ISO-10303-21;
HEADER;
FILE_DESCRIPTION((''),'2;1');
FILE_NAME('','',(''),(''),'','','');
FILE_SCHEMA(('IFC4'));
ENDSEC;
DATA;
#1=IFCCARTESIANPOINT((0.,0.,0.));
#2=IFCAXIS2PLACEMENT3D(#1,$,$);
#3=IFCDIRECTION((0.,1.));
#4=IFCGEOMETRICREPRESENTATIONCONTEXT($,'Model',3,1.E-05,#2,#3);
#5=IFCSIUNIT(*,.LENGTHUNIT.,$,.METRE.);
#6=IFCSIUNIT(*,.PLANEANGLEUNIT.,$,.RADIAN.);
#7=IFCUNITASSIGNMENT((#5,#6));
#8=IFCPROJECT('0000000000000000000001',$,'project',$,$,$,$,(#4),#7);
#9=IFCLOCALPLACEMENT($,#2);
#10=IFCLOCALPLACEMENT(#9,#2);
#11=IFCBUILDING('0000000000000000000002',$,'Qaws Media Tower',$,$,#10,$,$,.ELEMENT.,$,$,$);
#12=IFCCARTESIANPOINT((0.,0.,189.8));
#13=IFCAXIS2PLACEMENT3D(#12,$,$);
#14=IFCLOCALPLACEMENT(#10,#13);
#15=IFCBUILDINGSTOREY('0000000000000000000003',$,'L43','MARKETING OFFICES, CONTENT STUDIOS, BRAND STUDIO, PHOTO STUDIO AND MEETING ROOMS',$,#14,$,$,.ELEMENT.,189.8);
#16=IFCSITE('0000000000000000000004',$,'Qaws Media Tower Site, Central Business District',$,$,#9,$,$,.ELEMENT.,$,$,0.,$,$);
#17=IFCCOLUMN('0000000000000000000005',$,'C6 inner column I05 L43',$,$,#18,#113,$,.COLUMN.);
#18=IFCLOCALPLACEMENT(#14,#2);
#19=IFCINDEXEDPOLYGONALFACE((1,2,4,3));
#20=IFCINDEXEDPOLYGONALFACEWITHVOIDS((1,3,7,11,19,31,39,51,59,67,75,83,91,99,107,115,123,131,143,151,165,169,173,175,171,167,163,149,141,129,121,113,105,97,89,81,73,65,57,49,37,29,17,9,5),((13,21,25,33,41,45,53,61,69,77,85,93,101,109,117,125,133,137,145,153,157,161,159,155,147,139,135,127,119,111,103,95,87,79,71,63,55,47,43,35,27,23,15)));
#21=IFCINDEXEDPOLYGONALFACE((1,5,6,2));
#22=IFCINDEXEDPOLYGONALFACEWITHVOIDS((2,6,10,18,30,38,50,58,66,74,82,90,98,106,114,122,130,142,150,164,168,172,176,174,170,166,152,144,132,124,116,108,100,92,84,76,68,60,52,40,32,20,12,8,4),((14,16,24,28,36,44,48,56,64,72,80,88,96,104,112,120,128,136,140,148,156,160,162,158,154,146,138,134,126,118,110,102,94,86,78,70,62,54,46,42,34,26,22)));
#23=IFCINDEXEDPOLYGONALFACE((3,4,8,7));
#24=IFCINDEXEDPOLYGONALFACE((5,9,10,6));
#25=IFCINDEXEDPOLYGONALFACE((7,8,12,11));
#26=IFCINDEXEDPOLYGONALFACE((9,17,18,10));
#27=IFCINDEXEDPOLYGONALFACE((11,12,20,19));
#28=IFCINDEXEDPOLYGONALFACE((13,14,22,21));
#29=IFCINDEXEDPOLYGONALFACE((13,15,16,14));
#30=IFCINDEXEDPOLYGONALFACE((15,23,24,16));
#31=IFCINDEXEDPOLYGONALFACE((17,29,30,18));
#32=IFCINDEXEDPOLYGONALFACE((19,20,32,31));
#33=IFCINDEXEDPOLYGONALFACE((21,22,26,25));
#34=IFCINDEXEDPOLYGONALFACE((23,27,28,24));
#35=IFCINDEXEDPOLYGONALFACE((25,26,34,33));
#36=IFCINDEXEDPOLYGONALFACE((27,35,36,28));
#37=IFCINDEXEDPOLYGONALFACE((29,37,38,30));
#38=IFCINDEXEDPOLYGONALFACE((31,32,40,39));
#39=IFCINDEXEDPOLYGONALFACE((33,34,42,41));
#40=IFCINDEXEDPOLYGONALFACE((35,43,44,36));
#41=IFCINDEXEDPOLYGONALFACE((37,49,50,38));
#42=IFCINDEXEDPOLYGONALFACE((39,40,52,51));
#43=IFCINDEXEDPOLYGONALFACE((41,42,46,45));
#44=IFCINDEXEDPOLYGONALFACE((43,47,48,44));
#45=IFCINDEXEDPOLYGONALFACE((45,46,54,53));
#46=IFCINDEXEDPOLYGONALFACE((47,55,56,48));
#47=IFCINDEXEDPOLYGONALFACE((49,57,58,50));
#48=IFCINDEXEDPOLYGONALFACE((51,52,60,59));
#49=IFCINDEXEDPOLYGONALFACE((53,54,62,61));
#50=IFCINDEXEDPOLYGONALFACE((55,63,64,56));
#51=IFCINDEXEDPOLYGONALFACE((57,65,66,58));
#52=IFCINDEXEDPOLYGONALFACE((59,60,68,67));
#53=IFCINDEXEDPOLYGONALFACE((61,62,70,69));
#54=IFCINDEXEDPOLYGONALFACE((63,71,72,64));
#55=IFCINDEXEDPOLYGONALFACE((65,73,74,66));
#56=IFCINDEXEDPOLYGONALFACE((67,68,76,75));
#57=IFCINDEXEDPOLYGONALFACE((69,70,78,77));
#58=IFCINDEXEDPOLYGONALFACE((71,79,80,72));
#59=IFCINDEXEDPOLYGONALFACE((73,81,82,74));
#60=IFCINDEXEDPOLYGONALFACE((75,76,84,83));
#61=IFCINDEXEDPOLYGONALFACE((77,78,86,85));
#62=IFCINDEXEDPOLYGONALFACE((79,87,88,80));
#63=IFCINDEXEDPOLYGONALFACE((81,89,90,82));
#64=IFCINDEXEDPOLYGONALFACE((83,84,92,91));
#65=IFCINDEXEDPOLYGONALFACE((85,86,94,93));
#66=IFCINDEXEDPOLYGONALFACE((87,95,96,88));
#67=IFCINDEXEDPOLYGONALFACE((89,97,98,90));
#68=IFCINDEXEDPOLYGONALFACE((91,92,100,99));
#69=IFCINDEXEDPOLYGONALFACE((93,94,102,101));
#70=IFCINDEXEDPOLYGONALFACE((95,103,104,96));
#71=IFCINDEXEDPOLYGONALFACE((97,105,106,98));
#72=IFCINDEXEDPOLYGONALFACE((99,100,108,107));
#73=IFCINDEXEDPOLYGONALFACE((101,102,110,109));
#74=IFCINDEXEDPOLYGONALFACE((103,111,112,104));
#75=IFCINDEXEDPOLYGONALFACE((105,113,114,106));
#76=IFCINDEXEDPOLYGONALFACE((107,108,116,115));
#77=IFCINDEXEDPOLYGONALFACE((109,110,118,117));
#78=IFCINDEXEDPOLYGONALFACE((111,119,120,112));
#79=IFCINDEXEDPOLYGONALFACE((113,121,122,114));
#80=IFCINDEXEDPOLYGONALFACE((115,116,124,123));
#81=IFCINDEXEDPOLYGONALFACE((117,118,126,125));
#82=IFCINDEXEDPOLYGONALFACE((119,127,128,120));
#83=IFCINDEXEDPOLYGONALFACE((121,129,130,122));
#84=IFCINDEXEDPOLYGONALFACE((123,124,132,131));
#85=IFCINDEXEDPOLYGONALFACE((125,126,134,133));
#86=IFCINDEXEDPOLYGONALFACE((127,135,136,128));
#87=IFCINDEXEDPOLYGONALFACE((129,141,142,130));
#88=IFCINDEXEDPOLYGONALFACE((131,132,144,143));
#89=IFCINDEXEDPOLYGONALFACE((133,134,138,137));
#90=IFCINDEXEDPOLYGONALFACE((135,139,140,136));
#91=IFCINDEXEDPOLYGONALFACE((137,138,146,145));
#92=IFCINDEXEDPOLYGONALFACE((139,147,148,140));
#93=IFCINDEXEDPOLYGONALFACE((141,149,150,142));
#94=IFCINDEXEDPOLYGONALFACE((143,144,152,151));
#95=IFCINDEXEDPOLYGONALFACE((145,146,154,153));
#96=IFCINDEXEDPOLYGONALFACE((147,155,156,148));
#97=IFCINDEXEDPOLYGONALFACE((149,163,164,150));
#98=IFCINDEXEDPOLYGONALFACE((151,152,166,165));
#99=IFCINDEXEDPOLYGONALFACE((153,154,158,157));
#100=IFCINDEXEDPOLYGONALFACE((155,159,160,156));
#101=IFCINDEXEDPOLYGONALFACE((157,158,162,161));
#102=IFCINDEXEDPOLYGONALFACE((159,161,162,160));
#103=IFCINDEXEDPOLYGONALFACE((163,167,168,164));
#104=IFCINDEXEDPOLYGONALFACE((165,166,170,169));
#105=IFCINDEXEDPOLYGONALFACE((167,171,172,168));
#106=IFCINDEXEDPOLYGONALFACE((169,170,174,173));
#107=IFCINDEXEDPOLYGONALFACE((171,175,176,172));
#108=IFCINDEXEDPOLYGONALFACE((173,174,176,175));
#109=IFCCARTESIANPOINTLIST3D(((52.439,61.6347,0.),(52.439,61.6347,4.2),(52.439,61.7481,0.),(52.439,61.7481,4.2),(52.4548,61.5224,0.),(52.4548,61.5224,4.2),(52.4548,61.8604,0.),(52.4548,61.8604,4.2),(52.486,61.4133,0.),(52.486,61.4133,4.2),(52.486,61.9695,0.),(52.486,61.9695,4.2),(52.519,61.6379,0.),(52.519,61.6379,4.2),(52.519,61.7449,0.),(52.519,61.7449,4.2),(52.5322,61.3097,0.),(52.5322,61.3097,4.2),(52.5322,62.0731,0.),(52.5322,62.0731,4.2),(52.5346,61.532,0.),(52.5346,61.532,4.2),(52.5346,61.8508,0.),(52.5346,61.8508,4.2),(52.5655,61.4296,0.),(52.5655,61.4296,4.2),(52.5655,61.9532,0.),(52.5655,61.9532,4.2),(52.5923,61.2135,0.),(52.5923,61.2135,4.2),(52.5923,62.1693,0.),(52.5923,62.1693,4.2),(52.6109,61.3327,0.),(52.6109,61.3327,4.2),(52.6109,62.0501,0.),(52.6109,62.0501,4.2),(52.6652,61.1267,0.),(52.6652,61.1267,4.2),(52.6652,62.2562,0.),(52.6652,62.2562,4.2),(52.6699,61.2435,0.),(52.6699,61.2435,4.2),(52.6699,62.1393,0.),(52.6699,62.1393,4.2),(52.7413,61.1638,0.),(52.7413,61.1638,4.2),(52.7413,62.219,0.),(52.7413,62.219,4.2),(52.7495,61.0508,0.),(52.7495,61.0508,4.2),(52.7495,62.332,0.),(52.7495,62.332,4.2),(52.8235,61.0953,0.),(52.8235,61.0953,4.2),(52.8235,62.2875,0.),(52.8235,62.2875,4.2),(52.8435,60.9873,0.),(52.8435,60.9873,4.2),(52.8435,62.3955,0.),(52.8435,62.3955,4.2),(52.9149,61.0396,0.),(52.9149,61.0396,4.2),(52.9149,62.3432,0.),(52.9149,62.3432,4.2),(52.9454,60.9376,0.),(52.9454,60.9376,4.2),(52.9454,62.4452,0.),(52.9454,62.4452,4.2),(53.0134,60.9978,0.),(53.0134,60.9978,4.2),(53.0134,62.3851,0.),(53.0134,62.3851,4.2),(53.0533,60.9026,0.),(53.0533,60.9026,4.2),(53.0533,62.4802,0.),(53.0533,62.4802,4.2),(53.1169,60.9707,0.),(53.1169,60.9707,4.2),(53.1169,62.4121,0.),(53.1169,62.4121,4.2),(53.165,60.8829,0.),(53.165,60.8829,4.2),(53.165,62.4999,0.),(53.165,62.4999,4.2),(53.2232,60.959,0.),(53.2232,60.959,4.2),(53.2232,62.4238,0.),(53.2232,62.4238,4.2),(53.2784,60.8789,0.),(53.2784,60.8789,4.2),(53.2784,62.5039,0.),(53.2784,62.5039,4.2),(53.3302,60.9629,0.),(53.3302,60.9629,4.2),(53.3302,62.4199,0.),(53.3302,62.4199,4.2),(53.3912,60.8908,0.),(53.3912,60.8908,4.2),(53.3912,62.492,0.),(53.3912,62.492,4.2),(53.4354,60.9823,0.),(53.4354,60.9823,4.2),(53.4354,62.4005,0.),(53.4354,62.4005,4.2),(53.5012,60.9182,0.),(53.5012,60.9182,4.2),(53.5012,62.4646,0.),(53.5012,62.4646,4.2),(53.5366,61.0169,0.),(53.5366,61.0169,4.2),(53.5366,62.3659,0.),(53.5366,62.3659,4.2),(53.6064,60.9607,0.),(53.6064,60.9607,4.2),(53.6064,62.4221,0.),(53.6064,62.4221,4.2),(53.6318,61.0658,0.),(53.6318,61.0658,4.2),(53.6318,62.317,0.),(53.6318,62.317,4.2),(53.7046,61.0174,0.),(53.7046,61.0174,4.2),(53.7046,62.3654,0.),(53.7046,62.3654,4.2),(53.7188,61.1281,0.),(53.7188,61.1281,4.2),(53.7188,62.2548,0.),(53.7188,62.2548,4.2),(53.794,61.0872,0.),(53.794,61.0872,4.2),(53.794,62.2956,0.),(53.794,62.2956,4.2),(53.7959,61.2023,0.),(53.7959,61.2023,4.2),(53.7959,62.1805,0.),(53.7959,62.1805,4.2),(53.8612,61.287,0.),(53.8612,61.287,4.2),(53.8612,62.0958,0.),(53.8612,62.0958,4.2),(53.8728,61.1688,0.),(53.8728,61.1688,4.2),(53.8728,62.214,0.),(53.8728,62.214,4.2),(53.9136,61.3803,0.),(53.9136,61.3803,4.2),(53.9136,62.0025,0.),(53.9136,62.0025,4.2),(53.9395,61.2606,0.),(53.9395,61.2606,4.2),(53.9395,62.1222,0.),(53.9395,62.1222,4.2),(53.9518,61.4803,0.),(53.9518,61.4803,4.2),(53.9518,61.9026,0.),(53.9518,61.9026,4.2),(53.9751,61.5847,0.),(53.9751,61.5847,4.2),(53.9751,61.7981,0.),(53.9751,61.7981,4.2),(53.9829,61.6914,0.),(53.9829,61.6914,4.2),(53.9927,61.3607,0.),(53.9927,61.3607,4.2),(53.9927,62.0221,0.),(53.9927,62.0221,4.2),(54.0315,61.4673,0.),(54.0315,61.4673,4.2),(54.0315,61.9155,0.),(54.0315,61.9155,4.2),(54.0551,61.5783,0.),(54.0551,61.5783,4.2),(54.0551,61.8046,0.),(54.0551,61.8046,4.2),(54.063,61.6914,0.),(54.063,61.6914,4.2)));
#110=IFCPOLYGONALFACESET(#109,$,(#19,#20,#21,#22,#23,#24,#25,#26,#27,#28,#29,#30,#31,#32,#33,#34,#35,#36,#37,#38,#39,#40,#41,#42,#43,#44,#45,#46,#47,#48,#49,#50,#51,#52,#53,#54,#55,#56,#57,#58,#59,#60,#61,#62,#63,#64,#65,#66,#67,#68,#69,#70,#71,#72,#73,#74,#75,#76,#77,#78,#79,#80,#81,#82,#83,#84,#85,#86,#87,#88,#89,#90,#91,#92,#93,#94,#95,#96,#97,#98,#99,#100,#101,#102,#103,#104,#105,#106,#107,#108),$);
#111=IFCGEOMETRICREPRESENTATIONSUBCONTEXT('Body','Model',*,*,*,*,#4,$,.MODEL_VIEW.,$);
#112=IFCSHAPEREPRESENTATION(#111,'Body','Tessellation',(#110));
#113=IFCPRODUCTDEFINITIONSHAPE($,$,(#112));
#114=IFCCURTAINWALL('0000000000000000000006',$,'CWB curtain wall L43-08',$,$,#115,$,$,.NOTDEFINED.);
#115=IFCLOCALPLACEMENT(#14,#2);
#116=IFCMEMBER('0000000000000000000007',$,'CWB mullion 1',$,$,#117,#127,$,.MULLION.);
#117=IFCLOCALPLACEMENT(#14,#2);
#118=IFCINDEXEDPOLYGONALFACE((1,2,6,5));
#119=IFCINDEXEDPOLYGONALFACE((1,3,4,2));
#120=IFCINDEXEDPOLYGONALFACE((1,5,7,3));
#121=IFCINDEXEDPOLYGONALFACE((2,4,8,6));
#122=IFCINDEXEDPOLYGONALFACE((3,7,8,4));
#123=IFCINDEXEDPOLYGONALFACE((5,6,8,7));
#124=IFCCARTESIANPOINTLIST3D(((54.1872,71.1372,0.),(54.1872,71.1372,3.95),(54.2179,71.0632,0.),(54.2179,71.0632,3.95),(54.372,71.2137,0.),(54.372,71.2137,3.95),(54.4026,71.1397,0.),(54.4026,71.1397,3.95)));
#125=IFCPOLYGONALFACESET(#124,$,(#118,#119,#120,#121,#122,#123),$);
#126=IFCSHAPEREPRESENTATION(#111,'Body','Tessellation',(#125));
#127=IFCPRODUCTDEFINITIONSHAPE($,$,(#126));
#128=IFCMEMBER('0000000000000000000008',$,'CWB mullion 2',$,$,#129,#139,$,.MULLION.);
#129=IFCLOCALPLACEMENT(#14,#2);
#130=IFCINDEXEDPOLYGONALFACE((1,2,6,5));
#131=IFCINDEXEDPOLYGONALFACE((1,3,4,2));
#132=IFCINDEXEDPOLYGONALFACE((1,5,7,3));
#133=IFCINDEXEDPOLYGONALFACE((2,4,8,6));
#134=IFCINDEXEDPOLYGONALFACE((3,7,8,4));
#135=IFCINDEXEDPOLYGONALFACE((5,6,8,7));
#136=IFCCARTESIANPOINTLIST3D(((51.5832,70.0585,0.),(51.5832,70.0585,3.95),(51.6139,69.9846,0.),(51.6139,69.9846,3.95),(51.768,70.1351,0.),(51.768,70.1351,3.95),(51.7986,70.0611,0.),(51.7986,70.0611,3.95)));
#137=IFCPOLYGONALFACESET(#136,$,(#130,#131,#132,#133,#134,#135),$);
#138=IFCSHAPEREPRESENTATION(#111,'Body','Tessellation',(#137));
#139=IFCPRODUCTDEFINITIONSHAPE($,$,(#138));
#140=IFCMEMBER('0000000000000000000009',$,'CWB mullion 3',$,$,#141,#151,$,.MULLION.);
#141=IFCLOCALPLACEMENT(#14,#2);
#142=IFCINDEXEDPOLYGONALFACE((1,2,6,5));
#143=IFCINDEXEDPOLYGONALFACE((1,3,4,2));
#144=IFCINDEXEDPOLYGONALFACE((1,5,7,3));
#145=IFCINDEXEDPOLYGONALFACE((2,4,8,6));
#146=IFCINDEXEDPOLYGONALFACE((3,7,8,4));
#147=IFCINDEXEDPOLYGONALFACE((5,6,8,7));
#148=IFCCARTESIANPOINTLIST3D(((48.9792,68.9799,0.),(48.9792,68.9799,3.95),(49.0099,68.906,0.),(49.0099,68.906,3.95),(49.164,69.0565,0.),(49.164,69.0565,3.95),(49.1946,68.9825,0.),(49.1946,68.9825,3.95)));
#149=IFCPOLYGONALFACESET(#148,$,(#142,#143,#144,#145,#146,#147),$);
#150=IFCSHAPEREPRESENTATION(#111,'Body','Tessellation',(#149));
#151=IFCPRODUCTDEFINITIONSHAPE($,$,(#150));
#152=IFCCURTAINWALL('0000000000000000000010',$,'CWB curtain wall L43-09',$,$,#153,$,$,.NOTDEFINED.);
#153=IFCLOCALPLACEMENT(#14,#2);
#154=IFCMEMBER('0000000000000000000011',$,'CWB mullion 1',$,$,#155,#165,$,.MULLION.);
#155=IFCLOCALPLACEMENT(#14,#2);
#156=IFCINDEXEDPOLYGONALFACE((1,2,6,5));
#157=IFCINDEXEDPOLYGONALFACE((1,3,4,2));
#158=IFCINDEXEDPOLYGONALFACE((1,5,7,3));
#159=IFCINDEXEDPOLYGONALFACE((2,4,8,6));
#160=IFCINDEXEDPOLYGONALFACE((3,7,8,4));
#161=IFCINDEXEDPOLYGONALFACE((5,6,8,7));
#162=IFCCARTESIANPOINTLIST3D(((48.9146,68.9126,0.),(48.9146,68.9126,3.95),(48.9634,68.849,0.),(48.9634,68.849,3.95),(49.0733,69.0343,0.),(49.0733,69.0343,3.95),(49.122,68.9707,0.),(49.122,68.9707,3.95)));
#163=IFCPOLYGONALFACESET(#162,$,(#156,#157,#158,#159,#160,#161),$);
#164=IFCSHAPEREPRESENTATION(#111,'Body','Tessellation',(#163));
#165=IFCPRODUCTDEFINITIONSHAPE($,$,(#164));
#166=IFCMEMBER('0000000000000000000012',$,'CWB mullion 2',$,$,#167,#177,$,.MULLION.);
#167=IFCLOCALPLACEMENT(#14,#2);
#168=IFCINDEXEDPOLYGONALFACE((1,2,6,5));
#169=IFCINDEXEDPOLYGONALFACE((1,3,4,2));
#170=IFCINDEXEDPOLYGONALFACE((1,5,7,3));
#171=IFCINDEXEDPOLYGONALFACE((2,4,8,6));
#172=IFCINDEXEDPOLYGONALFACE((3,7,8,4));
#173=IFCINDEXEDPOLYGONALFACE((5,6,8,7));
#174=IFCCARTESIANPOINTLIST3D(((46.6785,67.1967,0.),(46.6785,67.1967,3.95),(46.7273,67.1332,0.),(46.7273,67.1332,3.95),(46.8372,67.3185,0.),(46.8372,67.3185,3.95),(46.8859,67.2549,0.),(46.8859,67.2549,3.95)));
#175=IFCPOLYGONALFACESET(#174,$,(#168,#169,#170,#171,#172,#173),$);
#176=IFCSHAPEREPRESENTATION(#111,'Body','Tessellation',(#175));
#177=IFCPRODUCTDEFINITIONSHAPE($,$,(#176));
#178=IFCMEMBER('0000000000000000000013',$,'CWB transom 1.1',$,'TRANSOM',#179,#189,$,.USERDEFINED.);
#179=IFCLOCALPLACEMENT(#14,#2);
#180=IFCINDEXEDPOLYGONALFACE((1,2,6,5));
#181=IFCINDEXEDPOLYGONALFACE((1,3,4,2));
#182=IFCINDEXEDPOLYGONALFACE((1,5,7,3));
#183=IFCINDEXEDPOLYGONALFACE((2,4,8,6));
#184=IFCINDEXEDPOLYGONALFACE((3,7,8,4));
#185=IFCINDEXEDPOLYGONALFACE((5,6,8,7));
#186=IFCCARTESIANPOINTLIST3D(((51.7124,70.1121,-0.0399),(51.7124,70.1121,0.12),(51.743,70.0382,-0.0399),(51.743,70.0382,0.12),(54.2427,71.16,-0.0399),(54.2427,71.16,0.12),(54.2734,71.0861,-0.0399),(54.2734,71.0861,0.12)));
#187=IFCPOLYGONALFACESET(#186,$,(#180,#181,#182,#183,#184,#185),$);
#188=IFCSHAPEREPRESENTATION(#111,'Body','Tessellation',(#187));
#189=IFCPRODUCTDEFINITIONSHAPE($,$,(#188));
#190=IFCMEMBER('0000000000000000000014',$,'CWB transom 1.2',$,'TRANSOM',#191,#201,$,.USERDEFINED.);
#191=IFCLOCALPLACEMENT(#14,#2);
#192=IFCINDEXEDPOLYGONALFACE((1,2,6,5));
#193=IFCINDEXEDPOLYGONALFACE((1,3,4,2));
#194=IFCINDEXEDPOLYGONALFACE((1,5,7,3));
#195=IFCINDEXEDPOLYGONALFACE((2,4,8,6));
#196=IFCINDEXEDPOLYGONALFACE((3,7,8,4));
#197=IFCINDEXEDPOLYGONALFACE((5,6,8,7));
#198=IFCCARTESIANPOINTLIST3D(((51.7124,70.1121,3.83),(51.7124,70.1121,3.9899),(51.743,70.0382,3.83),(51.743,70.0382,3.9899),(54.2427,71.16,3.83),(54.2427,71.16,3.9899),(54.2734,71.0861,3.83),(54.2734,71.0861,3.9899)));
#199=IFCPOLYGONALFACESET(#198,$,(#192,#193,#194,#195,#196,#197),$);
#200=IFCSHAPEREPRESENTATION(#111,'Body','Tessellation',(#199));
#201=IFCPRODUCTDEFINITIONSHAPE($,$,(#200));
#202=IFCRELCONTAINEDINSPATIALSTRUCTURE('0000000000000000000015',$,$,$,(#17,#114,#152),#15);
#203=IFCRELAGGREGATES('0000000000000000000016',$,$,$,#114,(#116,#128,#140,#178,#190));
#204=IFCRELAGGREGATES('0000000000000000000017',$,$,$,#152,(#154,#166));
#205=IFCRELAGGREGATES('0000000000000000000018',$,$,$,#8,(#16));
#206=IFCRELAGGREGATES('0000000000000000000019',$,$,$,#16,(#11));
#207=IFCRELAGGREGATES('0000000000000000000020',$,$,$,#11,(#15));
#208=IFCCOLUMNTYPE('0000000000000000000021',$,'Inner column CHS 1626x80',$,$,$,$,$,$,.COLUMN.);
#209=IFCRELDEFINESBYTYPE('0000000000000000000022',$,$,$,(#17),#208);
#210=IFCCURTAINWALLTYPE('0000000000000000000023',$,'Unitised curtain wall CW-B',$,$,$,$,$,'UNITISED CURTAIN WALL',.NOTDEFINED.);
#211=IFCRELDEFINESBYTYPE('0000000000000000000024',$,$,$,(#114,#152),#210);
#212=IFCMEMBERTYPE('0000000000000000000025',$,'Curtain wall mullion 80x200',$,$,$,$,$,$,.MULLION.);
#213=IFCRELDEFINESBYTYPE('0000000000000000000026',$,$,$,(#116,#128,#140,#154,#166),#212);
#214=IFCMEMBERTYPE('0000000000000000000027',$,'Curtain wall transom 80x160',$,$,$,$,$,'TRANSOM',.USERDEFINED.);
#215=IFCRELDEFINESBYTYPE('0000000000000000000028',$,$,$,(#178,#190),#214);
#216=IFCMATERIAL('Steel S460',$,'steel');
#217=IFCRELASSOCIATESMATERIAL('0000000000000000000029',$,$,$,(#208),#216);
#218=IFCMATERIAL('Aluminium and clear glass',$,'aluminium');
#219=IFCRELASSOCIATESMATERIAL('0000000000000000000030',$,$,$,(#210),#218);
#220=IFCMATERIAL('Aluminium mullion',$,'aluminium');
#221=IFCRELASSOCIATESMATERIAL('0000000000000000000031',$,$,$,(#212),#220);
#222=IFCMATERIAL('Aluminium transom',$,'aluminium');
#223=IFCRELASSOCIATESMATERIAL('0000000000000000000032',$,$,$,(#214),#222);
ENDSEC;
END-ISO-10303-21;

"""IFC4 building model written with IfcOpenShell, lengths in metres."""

from ifc_helpers import new_model, si_unit, direction, frame, origin, origin_2d, place, context, subcontext, project, spatial, rectangle, hollow_circle, extrude, material, material_profile, profile_set, type_object, element, aggregate, save


model = new_model("IFC4")

# Units and contexts
model_context = context("Model", 3, precision=1e-05, world=origin(), true_north=direction((0.0, 1.0)))
body_context = subcontext(model_context, "Body", "Model", "MODEL_VIEW")
ifc_project = project(units=[si_unit("LENGTHUNIT", "METRE"), si_unit("PLANEANGLEUNIT", "RADIAN")], contexts=[model_context])

# Site, building, storey
site_placement = place(None, origin())
site = spatial("IfcSite", under=ifc_project, at=site_placement, Name="Qaws Media Tower Site, Central Business District", CompositionType="ELEMENT", RefElevation=0.0)
building_placement = place(site_placement, origin())
building = spatial("IfcBuilding", under=site, at=building_placement, Name="Qaws Media Tower", CompositionType="ELEMENT")
storey_placement = place(building_placement, frame((0.0, 0.0, 189.8)))
storey = spatial("IfcBuildingStorey", under=building, at=storey_placement, Name="L43", Description="MARKETING OFFICES, CONTENT STUDIOS, BRAND STUDIO, PHOTO STUDIO AND MEETING ROOMS", CompositionType="ELEMENT", Elevation=189.8)

# Column
ifc_material_1 = material(Name="Steel S460", Category="steel")
ifc_material_profile_1 = material_profile(ifc_material_1, hollow_circle(Radius=0.813, WallThickness=0.0801, at=origin_2d()), Name="CHS 1626x80")
ifc_profile_set_1 = profile_set([ifc_material_profile_1], Name="Steel S460")
column_type = type_object("IfcColumnType", Name="Inner column CHS 1626x80", PredefinedType="COLUMN", material=ifc_profile_set_1)
column_placement = place(storey_placement, frame((53.25, 61.6914, 0.0), z_axis=(0.0, 0.0, 1.0), x_axis=(1.0, 0.0, 0.0)))
element("IfcColumn", 1, at=column_placement, inside=storey, type_object=column_type, Name="C6 inner column I05 L43", PredefinedType="COLUMN", context=body_context, shape_type="SweptSolid", body=[
    extrude(hollow_circle(Radius=0.813, WallThickness=0.0801, at=origin_2d()), origin(), (0.0, 0.0, 1.0), 4.2),
])

# Curtain walls, members
ifc_material_2 = material(Name="Aluminium and clear glass", Category="aluminium")
curtain_wall_type = type_object("IfcCurtainWallType", Name="Unitised curtain wall CW-B", ElementType="UNITISED CURTAIN WALL", PredefinedType="NOTDEFINED", material=ifc_material_2)
curtain_wall_1_placement = place(storey_placement, origin())
curtain_wall_1 = element("IfcCurtainWall", 2, at=curtain_wall_1_placement, inside=storey, type_object=curtain_wall_type, Name="CWB curtain wall L43-08", PredefinedType="NOTDEFINED")
ifc_material_3 = material(Name="Aluminium mullion", Category="aluminium")
ifc_material_profile_2 = material_profile(ifc_material_3, rectangle(XDim=0.0801, YDim=0.2, at=origin_2d()), Name="80x200")
ifc_profile_set_2 = profile_set([ifc_material_profile_2], Name="Aluminium mullion")
member_type_1 = type_object("IfcMemberType", Name="Curtain wall mullion 80x200", PredefinedType="MULLION", material=ifc_profile_set_2)
member_1_placement = place(storey_placement, frame((54.2949, 71.1384, 0.0), z_axis=(0.0, 0.0, 1.0), x_axis=(0.382684, -0.923879, 0.0)))
member_1 = element("IfcMember", 3, at=member_1_placement, type_object=member_type_1, Name="CWB mullion 1", PredefinedType="MULLION", context=body_context, shape_type="SweptSolid", body=[
    extrude(rectangle(XDim=0.0801, YDim=0.2, at=origin_2d()), origin(), (0.0, 0.0, 1.0), 3.95),
])
member_2_placement = place(storey_placement, frame((51.6909, 70.0598, 0.0), z_axis=(0.0, 0.0, 1.0), x_axis=(0.382684, -0.923879, 0.0)))
member_2 = element("IfcMember", 4, at=member_2_placement, type_object=member_type_1, Name="CWB mullion 2", PredefinedType="MULLION", context=body_context, shape_type="SweptSolid", body=[
    extrude(rectangle(XDim=0.0801, YDim=0.2, at=origin_2d()), origin(), (0.0, 0.0, 1.0), 3.95),
])
member_3_placement = place(storey_placement, frame((49.0869, 68.9812, 0.0), z_axis=(0.0, 0.0, 1.0), x_axis=(0.382684, -0.923879, 0.0)))
member_3 = element("IfcMember", 5, at=member_3_placement, type_object=member_type_1, Name="CWB mullion 3", PredefinedType="MULLION", context=body_context, shape_type="SweptSolid", body=[
    extrude(rectangle(XDim=0.0801, YDim=0.2, at=origin_2d()), origin(), (0.0, 0.0, 1.0), 3.95),
])
curtain_wall_2_placement = place(storey_placement, origin())
curtain_wall_2 = element("IfcCurtainWall", 6, at=curtain_wall_2_placement, inside=storey, type_object=curtain_wall_type, Name="CWB curtain wall L43-09", PredefinedType="NOTDEFINED")
member_4_placement = place(storey_placement, frame((49.0183, 68.9417, 0.0), z_axis=(0.0, 0.0, 1.0), x_axis=(0.608761, -0.793353, 0.0)))
member_4 = element("IfcMember", 7, at=member_4_placement, type_object=member_type_1, Name="CWB mullion 1", PredefinedType="MULLION", context=body_context, shape_type="SweptSolid", body=[
    extrude(rectangle(XDim=0.0801, YDim=0.2, at=origin_2d()), origin(), (0.0, 0.0, 1.0), 3.95),
])
member_5_placement = place(storey_placement, frame((46.7822, 67.2258, 0.0), z_axis=(0.0, 0.0, 1.0), x_axis=(0.608761, -0.793353, 0.0)))
member_5 = element("IfcMember", 8, at=member_5_placement, type_object=member_type_1, Name="CWB mullion 2", PredefinedType="MULLION", context=body_context, shape_type="SweptSolid", body=[
    extrude(rectangle(XDim=0.0801, YDim=0.2, at=origin_2d()), origin(), (0.0, 0.0, 1.0), 3.95),
])

# Members
ifc_material_4 = material(Name="Aluminium transom", Category="aluminium")
ifc_material_profile_3 = material_profile(ifc_material_4, rectangle(XDim=0.0801, YDim=0.1599, at=origin_2d()), Name="80x160")
ifc_profile_set_3 = profile_set([ifc_material_profile_3], Name="Aluminium transom")
member_type_2 = type_object("IfcMemberType", Name="Curtain wall transom 80x160", ElementType="TRANSOM", PredefinedType="USERDEFINED", material=ifc_profile_set_3)
member_6_placement = place(storey_placement, frame((54.2581, 71.123, 0.04), z_axis=(-0.923908, -0.382614, 0.0), x_axis=(0.382614, -0.923908, 0.0)))
member_6 = element("IfcMember", 9, at=member_6_placement, type_object=member_type_2, Name="CWB transom 1.1", ObjectType="TRANSOM", PredefinedType="USERDEFINED", context=body_context, shape_type="SweptSolid", body=[
    extrude(rectangle(XDim=0.0801, YDim=0.1599, at=origin_2d()), origin(), (0.0, 0.0, 1.0), 2.7388),
])
member_7_placement = place(storey_placement, frame((54.2581, 71.123, 3.9099), z_axis=(-0.923908, -0.382614, 0.0), x_axis=(0.382614, -0.923908, 0.0)))
member_7 = element("IfcMember", 10, at=member_7_placement, type_object=member_type_2, Name="CWB transom 1.2", ObjectType="TRANSOM", PredefinedType="USERDEFINED", context=body_context, shape_type="SweptSolid", body=[
    extrude(rectangle(XDim=0.0801, YDim=0.1599, at=origin_2d()), origin(), (0.0, 0.0, 1.0), 2.7388),
])

aggregate(curtain_wall_1, [member_1, member_2, member_3, member_6, member_7])
aggregate(curtain_wall_2, [member_4, member_5])

save(model, "model.ifc")
